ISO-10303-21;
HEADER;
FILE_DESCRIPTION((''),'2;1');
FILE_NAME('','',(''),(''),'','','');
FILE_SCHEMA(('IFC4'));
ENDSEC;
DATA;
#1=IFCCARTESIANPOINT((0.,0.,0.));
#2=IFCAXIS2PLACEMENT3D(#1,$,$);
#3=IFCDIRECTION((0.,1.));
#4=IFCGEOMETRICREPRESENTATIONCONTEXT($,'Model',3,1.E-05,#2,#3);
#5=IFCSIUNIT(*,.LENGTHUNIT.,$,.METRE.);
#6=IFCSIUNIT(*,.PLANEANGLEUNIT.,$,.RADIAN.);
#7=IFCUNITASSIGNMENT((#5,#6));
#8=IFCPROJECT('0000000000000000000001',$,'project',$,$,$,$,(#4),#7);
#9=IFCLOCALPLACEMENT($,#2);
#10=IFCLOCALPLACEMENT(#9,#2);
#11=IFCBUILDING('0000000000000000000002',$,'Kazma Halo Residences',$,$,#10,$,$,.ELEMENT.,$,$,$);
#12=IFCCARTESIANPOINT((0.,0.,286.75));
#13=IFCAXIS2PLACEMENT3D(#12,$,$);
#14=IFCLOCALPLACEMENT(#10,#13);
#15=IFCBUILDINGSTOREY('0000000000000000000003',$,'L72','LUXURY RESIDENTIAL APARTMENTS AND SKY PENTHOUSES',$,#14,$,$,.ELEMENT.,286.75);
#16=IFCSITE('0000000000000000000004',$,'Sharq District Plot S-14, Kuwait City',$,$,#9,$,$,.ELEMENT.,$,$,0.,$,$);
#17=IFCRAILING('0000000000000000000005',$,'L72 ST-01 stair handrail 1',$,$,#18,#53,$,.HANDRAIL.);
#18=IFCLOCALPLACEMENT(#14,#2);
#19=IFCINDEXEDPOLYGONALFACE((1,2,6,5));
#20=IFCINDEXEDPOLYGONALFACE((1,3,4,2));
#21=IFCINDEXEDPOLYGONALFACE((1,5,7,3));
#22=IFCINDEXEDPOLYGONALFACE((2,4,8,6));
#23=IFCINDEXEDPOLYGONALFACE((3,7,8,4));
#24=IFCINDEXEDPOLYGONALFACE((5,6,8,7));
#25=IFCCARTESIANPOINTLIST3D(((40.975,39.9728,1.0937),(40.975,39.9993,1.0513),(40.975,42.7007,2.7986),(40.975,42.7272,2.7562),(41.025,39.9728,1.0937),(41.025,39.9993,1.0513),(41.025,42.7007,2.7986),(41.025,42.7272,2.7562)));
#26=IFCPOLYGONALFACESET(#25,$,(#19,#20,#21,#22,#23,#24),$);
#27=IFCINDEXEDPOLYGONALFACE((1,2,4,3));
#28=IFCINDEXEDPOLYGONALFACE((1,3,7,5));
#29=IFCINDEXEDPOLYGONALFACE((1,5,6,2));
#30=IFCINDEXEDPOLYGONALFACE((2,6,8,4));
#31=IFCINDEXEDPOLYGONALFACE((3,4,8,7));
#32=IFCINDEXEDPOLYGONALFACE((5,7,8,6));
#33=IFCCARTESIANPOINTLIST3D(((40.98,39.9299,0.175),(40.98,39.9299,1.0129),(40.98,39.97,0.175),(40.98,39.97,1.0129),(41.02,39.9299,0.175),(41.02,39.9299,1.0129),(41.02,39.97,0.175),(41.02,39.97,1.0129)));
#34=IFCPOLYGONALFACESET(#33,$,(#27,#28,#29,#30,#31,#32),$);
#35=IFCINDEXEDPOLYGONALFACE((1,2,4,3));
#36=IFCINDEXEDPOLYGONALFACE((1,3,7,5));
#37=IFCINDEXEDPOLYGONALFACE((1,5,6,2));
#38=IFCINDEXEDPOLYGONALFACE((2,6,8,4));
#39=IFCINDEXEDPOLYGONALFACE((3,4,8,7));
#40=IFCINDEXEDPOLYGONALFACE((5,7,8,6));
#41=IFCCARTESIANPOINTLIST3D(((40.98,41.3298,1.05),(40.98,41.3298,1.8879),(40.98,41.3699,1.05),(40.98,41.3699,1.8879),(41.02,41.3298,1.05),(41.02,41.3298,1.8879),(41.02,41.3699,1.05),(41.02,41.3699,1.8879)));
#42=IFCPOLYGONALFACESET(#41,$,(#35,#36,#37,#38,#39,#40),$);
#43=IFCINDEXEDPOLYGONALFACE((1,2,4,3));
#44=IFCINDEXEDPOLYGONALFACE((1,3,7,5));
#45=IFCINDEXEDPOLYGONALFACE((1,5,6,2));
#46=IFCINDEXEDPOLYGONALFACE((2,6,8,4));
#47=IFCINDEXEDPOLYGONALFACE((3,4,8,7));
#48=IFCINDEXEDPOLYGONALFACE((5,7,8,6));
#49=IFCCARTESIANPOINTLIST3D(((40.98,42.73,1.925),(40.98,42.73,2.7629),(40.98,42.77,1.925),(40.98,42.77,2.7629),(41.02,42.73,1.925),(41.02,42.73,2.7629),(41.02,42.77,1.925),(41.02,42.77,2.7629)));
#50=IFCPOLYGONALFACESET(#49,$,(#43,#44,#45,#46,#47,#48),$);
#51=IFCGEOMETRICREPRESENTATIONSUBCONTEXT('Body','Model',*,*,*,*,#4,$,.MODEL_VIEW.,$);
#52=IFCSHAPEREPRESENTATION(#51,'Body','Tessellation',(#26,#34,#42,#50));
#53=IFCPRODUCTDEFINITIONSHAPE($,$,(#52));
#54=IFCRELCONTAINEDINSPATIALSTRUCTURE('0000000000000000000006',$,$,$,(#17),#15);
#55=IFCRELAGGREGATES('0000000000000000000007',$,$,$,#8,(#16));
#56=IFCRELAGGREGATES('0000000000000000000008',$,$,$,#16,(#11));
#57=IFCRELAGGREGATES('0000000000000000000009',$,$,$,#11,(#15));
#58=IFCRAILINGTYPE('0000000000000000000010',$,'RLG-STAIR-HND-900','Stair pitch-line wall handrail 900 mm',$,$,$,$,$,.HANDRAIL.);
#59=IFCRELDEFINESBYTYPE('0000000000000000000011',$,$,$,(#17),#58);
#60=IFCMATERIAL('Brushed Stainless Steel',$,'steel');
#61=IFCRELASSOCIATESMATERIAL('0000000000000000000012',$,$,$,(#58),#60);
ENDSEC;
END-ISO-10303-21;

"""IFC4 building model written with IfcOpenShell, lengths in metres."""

from ifc_helpers import new_model, si_unit, direction, frame, origin, origin_2d, place, context, subcontext, project, spatial, rectangle, extrude, material, type_object, element, save


model = new_model("IFC4")

# Units and contexts
model_context = context("Model", 3, precision=1e-05, world=origin(), true_north=direction((0.0, 1.0)))
body_context = subcontext(model_context, "Body", "Model", "MODEL_VIEW")
ifc_project = project(units=[si_unit("LENGTHUNIT", "METRE"), si_unit("PLANEANGLEUNIT", "RADIAN")], contexts=[model_context])

# Site, building, storey
site_placement = place(None, origin())
site = spatial("IfcSite", under=ifc_project, at=site_placement, Name="Sharq District Plot S-14, Kuwait City", CompositionType="ELEMENT", RefElevation=0.0)
building_placement = place(site_placement, origin())
building = spatial("IfcBuilding", under=site, at=building_placement, Name="Kazma Halo Residences", CompositionType="ELEMENT")
storey_placement = place(building_placement, frame((0.0, 0.0, 286.75)))
storey = spatial("IfcBuildingStorey", under=building, at=storey_placement, Name="L72", Description="LUXURY RESIDENTIAL APARTMENTS AND SKY PENTHOUSES", CompositionType="ELEMENT", Elevation=286.75)

# Railing
ifc_material_1 = material(Name="Brushed Stainless Steel", Category="steel")
railing_type_1 = type_object("IfcRailingType", Name="RLG-STAIR-HND-900", Description="Stair pitch-line wall handrail 900 mm", PredefinedType="HANDRAIL", material=ifc_material_1)
railing_1_placement = place(storey_placement, frame((41.0, 39.95, 0.175)))
element("IfcRailing", 1, at=railing_1_placement, inside=storey, type_object=railing_type_1, Name="L72 ST-01 stair handrail 1", PredefinedType="HANDRAIL", context=body_context, shape_type="SweptSolid", body=[
    extrude(rectangle(XDim=0.05, YDim=0.05, at=origin_2d()), frame((0.0, 0.0361, 0.8975), z_axis=(0.0, 0.848002, 0.529992), x_axis=(-1.0, 0.0, 0.0)), (0.0, 0.0, 1.0), 3.2168),
    extrude(rectangle(XDim=0.04, YDim=0.04, at=origin_2d()), origin(), (0.0, 0.0, 1.0), 0.8379),
    extrude(rectangle(XDim=0.04, YDim=0.04, at=origin_2d()), frame((0.0, 1.3999, 0.875)), (0.0, 0.0, 1.0), 0.8379),
    extrude(rectangle(XDim=0.04, YDim=0.04, at=origin_2d()), frame((0.0, 2.8, 1.75)), (0.0, 0.0, 1.0), 0.8379),
])

save(model, "model.ifc")
